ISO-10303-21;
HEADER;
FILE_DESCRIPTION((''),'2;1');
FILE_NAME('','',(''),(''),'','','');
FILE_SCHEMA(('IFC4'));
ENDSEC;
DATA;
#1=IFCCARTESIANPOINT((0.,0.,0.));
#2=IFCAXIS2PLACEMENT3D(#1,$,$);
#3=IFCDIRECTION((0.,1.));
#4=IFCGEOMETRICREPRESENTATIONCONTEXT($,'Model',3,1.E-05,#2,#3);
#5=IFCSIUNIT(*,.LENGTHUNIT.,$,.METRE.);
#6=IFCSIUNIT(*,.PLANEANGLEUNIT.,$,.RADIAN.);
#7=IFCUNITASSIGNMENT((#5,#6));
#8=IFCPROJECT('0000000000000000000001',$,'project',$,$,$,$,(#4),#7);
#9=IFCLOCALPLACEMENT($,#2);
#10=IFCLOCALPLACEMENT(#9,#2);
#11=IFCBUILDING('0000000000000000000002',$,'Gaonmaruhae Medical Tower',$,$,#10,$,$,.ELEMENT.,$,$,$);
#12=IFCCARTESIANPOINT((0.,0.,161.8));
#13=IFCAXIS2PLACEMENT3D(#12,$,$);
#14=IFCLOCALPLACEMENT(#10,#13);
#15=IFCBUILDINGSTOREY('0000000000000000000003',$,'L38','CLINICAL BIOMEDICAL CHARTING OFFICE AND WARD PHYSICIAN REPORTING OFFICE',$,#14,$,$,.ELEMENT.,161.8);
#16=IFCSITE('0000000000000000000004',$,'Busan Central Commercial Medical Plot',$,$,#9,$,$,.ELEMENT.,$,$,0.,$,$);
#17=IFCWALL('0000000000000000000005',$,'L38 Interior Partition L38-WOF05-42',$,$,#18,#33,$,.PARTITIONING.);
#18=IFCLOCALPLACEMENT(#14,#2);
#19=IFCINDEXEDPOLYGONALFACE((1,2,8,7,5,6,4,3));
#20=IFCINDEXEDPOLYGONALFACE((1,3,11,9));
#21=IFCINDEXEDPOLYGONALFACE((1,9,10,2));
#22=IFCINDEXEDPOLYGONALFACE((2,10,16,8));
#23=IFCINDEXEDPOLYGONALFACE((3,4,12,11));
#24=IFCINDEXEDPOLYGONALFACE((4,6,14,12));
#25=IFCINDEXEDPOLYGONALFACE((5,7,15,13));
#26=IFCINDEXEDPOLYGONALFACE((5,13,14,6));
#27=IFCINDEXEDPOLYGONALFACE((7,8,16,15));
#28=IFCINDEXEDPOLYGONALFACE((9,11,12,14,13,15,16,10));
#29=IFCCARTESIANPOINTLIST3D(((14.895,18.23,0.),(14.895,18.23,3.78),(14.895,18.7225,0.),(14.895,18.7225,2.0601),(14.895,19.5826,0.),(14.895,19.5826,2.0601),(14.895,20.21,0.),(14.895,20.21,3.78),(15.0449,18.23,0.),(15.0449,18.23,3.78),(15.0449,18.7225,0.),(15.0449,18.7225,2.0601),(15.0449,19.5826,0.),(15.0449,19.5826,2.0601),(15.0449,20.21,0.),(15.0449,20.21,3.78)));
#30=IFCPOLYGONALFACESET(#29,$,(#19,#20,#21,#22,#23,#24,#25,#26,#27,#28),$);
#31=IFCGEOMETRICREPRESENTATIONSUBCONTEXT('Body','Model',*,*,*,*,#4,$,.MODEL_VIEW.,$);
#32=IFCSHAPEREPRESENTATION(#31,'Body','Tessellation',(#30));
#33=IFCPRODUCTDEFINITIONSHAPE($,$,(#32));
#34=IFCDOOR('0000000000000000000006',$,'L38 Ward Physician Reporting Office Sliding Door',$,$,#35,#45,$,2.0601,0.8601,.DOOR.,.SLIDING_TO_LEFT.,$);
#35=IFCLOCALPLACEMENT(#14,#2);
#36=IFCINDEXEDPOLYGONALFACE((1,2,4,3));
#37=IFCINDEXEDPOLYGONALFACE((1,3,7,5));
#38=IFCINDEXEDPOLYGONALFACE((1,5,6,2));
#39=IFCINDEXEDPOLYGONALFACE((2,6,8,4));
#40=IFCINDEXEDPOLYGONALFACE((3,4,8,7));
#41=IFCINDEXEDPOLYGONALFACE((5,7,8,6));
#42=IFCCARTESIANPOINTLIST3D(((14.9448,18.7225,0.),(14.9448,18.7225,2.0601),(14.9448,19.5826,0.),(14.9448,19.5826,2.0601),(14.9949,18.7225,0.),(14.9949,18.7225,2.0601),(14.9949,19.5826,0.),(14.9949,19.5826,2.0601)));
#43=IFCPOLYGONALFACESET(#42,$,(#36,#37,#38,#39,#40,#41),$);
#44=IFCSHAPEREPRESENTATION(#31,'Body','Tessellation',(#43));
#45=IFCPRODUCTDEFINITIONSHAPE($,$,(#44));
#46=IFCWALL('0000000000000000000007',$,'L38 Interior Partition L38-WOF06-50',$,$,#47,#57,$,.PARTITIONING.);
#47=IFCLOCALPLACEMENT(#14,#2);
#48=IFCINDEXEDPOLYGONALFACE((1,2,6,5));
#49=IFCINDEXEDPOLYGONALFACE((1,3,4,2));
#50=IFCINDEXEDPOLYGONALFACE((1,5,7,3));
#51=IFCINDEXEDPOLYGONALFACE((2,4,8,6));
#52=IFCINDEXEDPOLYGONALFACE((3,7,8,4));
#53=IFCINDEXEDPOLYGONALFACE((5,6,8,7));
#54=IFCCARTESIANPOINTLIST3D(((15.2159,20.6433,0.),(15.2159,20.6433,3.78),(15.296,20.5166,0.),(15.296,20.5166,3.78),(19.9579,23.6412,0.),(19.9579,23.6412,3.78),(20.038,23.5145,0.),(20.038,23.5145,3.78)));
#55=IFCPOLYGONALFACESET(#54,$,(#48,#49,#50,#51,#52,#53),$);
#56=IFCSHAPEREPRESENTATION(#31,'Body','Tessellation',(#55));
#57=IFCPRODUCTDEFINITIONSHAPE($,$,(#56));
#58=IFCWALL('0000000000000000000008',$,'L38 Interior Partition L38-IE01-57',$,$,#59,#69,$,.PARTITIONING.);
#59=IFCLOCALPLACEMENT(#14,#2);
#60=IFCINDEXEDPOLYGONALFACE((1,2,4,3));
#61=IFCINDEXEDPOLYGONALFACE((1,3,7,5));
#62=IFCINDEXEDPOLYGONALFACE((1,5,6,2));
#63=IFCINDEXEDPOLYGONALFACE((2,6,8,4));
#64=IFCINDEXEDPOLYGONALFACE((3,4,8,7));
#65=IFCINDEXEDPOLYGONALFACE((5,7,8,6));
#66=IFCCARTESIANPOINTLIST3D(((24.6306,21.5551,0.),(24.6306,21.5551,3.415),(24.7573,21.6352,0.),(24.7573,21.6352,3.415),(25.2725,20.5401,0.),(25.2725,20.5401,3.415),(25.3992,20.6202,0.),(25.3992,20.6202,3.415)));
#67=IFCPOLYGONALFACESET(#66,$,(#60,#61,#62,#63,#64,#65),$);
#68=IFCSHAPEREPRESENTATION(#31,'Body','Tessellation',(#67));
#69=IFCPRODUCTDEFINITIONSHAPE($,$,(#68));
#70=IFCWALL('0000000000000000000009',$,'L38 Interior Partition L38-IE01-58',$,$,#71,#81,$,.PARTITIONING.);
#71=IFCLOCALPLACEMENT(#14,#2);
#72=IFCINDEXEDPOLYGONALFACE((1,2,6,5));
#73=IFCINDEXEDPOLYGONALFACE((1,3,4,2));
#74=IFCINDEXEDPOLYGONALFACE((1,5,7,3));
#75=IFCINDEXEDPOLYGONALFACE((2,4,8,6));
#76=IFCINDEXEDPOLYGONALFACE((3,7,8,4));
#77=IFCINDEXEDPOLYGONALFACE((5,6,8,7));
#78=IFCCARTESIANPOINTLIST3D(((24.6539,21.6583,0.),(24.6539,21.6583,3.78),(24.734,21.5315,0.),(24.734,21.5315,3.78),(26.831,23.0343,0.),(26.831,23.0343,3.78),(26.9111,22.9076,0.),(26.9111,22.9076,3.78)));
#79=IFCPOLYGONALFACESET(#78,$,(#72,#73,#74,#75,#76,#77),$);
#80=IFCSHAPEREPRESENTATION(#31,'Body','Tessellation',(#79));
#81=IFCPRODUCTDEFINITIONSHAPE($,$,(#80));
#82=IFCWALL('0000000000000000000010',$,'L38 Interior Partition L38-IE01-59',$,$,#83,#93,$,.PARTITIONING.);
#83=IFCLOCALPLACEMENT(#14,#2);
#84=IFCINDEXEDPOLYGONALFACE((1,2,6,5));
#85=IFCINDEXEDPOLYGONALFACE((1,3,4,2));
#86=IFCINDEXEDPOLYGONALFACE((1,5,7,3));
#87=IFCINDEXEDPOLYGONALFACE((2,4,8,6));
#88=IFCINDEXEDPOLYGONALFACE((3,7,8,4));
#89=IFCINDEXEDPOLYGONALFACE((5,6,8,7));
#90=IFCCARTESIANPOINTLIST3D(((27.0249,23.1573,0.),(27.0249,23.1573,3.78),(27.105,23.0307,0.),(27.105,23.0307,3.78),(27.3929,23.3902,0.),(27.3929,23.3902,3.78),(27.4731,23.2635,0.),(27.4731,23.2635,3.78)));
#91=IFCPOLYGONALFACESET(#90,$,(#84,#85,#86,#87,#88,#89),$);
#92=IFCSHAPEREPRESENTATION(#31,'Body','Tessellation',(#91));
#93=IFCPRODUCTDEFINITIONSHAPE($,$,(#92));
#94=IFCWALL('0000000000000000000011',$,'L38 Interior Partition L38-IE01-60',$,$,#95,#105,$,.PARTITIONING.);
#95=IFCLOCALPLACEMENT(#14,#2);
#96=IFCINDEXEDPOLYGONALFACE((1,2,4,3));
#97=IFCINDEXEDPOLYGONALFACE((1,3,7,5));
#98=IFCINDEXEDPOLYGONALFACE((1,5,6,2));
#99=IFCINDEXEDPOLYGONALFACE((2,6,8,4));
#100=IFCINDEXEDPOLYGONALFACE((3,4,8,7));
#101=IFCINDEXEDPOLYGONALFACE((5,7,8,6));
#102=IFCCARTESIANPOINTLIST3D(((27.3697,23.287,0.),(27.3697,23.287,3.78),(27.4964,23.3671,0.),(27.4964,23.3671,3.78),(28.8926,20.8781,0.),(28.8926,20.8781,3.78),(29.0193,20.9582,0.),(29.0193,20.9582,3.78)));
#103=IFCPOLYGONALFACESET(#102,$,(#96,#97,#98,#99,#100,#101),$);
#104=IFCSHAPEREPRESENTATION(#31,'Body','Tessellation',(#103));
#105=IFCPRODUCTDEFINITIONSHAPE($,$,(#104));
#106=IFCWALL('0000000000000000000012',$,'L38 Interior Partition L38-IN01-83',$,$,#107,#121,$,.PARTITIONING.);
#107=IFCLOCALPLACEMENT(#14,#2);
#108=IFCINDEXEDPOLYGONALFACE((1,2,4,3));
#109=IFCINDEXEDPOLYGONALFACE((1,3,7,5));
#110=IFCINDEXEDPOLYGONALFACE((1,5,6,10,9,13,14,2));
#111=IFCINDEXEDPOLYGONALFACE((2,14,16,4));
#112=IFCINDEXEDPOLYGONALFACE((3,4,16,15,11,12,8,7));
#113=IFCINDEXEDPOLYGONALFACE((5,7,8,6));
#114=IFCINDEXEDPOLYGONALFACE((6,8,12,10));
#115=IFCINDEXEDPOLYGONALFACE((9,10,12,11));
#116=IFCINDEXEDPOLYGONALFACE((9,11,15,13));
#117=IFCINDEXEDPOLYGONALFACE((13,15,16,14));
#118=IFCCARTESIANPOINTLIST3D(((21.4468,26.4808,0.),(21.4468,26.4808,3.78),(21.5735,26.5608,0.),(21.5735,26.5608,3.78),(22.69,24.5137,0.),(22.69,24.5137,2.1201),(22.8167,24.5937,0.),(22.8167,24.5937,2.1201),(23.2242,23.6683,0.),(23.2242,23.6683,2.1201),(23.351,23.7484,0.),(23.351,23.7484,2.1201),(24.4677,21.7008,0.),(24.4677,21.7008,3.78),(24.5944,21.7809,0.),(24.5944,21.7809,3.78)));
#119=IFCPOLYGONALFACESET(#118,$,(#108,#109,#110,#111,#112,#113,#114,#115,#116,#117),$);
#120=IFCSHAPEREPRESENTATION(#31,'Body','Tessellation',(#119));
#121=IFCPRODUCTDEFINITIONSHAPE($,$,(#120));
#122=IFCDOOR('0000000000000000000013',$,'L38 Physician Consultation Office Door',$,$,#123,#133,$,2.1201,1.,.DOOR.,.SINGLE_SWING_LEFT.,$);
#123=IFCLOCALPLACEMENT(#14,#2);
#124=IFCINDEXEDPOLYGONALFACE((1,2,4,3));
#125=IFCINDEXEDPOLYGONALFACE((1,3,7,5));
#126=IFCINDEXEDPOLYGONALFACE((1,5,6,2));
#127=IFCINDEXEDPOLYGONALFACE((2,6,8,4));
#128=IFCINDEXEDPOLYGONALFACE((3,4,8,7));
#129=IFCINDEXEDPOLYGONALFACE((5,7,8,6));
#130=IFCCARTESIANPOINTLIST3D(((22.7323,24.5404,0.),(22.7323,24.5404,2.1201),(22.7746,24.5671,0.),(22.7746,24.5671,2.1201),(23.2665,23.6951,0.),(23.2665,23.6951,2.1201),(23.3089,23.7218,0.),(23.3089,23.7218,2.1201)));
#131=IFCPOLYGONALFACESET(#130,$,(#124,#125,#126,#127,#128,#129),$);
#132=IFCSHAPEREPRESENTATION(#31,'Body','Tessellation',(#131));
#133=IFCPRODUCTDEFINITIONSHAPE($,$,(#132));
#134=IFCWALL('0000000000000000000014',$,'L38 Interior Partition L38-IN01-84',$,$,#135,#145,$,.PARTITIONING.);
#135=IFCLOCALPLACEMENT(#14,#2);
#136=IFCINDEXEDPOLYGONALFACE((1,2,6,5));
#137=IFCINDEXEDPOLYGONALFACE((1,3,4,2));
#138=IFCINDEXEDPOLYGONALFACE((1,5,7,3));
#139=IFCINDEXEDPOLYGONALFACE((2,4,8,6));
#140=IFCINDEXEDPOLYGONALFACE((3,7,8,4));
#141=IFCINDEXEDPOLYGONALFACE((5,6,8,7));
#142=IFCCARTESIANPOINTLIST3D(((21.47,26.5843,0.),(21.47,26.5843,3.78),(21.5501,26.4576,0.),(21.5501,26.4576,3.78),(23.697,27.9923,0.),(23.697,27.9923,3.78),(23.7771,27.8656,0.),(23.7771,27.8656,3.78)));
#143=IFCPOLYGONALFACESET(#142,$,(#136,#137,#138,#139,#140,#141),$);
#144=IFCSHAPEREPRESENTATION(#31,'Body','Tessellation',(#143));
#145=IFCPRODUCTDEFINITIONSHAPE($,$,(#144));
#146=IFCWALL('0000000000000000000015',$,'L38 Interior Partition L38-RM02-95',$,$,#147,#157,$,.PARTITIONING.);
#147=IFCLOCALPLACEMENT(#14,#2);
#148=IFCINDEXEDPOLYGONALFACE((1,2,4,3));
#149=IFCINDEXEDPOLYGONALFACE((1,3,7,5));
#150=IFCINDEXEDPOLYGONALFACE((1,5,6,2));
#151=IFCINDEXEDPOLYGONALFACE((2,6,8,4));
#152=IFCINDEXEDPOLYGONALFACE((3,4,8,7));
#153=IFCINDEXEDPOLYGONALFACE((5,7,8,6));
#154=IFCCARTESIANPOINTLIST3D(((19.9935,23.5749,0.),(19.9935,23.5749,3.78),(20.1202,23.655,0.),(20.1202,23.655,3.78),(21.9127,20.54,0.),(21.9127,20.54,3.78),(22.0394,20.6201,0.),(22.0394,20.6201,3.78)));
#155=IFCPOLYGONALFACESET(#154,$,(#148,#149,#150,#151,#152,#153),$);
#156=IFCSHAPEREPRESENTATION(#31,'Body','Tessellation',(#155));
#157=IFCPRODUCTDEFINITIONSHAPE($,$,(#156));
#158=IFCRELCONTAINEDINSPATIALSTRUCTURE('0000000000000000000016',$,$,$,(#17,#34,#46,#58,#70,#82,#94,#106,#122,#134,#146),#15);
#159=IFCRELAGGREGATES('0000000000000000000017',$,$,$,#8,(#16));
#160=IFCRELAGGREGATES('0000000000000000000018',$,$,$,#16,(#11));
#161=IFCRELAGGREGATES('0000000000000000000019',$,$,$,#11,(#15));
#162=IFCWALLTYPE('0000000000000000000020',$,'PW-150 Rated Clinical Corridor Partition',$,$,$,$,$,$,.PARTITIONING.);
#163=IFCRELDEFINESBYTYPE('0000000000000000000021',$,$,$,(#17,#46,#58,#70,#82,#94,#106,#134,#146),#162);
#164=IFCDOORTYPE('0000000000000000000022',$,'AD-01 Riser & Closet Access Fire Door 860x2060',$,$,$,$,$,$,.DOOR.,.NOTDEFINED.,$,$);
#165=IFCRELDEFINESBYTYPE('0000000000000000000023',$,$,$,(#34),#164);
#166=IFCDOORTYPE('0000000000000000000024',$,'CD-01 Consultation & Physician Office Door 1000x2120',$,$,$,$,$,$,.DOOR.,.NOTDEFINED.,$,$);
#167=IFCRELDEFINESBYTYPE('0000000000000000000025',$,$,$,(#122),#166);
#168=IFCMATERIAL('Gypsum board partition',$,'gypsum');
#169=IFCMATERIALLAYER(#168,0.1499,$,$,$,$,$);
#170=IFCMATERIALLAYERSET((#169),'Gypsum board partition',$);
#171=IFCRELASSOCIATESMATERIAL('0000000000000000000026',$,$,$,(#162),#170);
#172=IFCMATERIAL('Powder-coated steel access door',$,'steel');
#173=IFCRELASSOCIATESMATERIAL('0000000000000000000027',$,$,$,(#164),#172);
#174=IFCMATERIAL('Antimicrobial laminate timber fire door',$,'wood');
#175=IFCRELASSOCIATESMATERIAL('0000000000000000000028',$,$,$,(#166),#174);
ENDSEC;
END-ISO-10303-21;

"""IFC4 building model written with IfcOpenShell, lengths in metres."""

from ifc_helpers import new_model, si_unit, direction, frame, frame_2d, origin, place, context, subcontext, project, spatial, rectangle, extrude, material, layer, layer_set, type_object, element, fill, save


model = new_model("IFC4")

# Units and contexts
model_context = context("Model", 3, precision=1e-05, world=origin(), true_north=direction((0.0, 1.0)))
body_context = subcontext(model_context, "Body", "Model", "MODEL_VIEW")
ifc_project = project(units=[si_unit("LENGTHUNIT", "METRE"), si_unit("PLANEANGLEUNIT", "RADIAN")], contexts=[model_context])

# Site, building, storey
site_placement = place(None, origin())
site = spatial("IfcSite", under=ifc_project, at=site_placement, Name="Busan Central Commercial Medical Plot", CompositionType="ELEMENT", RefElevation=0.0)
building_placement = place(site_placement, origin())
building = spatial("IfcBuilding", under=site, at=building_placement, Name="Gaonmaruhae Medical Tower", CompositionType="ELEMENT")
storey_placement = place(building_placement, frame((0.0, 0.0, 161.8)))
storey = spatial("IfcBuildingStorey", under=building, at=storey_placement, Name="L38", Description="CLINICAL BIOMEDICAL CHARTING OFFICE AND WARD PHYSICIAN REPORTING OFFICE", CompositionType="ELEMENT", Elevation=161.8)

# Wall, opening, door
ifc_material_1 = material(Name="Gypsum board partition", Category="gypsum")
ifc_layer_1 = layer(ifc_material_1, 0.1499)
ifc_layer_set_1 = layer_set([ifc_layer_1], Name="Gypsum board partition")
wall_type = type_object("IfcWallType", Name="PW-150 Rated Clinical Corridor Partition", PredefinedType="PARTITIONING", material=ifc_layer_set_1)
wall_1_placement = place(storey_placement, frame((14.97, 20.21, 0.0), z_axis=(0.0, 0.0, 1.0), x_axis=(0.0, -1.0, 0.0)))
wall_1 = element("IfcWall", 1, at=wall_1_placement, inside=storey, type_object=wall_type, Name="L38 Interior Partition L38-WOF05-42", PredefinedType="PARTITIONING", context=body_context, shape_type="SweptSolid", body=[
    extrude(rectangle(XDim=1.98, YDim=0.1499, at=frame_2d((0.99, 0.0))), origin(), (0.0, 0.0, 1.0), 3.78),
])
opening_1_placement = place(wall_1_placement, frame((0.6272, 0.0, 0.0)))
opening_1 = element("IfcOpeningElement", 2, at=opening_1_placement, cuts=wall_1, PredefinedType="OPENING", context=body_context, shape_type="SweptSolid", body=[
    extrude(rectangle(XDim=0.8601, YDim=2.0601, at=frame_2d((0.4302, 1.03))), frame((0.0, 0.085, 0.0), z_axis=(0.0, -1.0, 0.0), x_axis=(1.0, 0.0, 0.0)), (0.0, 0.0, 1.0), 0.1699),
])
ifc_material_2 = material(Name="Powder-coated steel access door", Category="steel")
door_type_1 = type_object("IfcDoorType", Name="AD-01 Riser & Closet Access Fire Door 860x2060", OperationType="NOTDEFINED", PredefinedType="DOOR", material=ifc_material_2)
door_1_placement = place(opening_1_placement, origin())
door_1 = element("IfcDoor", 3, at=door_1_placement, inside=storey, type_object=door_type_1, Name="L38 Ward Physician Reporting Office Sliding Door", OperationType="SLIDING_TO_LEFT", OverallHeight=2.0601, OverallWidth=0.8601, PredefinedType="DOOR", context=body_context, shape_type="SweptSolid", body=[
    extrude(rectangle(XDim=0.8601, YDim=2.0601, at=frame_2d((0.4302, 1.03))), frame((0.0, 0.0249, 0.0), z_axis=(0.0, -1.0, 0.0), x_axis=(1.0, 0.0, 0.0)), (0.0, 0.0, 1.0), 0.05),
])
fill(opening_1, door_1)

# Walls
wall_2_placement = place(storey_placement, frame((19.998, 23.5779, 0.0), z_axis=(0.0, 0.0, 1.0), x_axis=(-0.845256, -0.534361, 0.0)))
element("IfcWall", 4, at=wall_2_placement, inside=storey, type_object=wall_type, Name="L38 Interior Partition L38-WOF06-50", PredefinedType="PARTITIONING", context=body_context, shape_type="SweptSolid", body=[
    extrude(rectangle(XDim=5.6101, YDim=0.1499, at=frame_2d((2.8052, 0.0))), origin(), (0.0, 0.0, 1.0), 3.78),
])
wall_3_placement = place(storey_placement, frame((25.3359, 20.5801, 0.0), z_axis=(0.0, 0.0, 1.0), x_axis=(-0.534505, 0.845165, 0.0)))
element("IfcWall", 5, at=wall_3_placement, inside=storey, type_object=wall_type, Name="L38 Interior Partition L38-IE01-57", PredefinedType="PARTITIONING", context=body_context, shape_type="SweptSolid", body=[
    extrude(rectangle(XDim=1.2009, YDim=0.1499, at=frame_2d((0.6006, 0.0))), origin(), (0.0, 0.0, 1.0), 3.415),
])
wall_4_placement = place(storey_placement, frame((24.6941, 21.595, 0.0), z_axis=(0.0, 0.0, 1.0), x_axis=(0.845309, 0.534278, 0.0)))
element("IfcWall", 6, at=wall_4_placement, inside=storey, type_object=wall_type, Name="L38 Interior Partition L38-IE01-58", PredefinedType="PARTITIONING", context=body_context, shape_type="SweptSolid", body=[
    extrude(rectangle(XDim=2.5754, YDim=0.1499, at=frame_2d((1.2876, 0.0))), origin(), (0.0, 0.0, 1.0), 3.78),
])
wall_5_placement = place(storey_placement, frame((27.0649, 23.094, 0.0), z_axis=(0.0, 0.0, 1.0), x_axis=(0.845089, 0.534625, 0.0)))
element("IfcWall", 7, at=wall_5_placement, inside=storey, type_object=wall_type, Name="L38 Interior Partition L38-IE01-59", PredefinedType="PARTITIONING", context=body_context, shape_type="SweptSolid", body=[
    extrude(rectangle(XDim=0.4355, YDim=0.1499, at=frame_2d((0.2178, 0.0))), origin(), (0.0, 0.0, 1.0), 3.78),
])
wall_6_placement = place(storey_placement, frame((27.4331, 23.3269, 0.0), z_axis=(0.0, 0.0, 1.0), x_axis=(0.534373, -0.845249, 0.0)))
element("IfcWall", 8, at=wall_6_placement, inside=storey, type_object=wall_type, Name="L38 Interior Partition L38-IE01-60", PredefinedType="PARTITIONING", context=body_context, shape_type="SweptSolid", body=[
    extrude(rectangle(XDim=2.8499, YDim=0.1499, at=frame_2d((1.4248, 0.0))), origin(), (0.0, 0.0, 1.0), 3.78),
])

# Wall, opening, door
wall_7_placement = place(storey_placement, frame((24.531, 21.741, 0.0), z_axis=(0.0, 0.0, 1.0), x_axis=(-0.53425, 0.845327, 0.0)))
wall_7 = element("IfcWall", 9, at=wall_7_placement, inside=storey, type_object=wall_type, Name="L38 Interior Partition L38-IN01-83", PredefinedType="PARTITIONING", context=body_context, shape_type="SweptSolid", body=[
    extrude(rectangle(XDim=5.6545, YDim=0.1499, at=frame_2d((2.8271, 0.0))), origin(), (0.0, 0.0, 1.0), 3.78),
])
opening_2_placement = place(wall_7_placement, frame((2.3274, 0.0, 0.0)))
opening_2 = element("IfcOpeningElement", 10, at=opening_2_placement, cuts=wall_7, PredefinedType="OPENING", context=body_context, shape_type="SweptSolid", body=[
    extrude(rectangle(XDim=1.0, YDim=2.1201, at=frame_2d((0.5, 1.0601))), frame((0.0, 0.085, 0.0), z_axis=(0.0, -1.0, 0.0), x_axis=(1.0, 0.0, 0.0)), (0.0, 0.0, 1.0), 0.1699),
])
ifc_material_3 = material(Name="Antimicrobial laminate timber fire door", Category="wood")
door_type_2 = type_object("IfcDoorType", Name="CD-01 Consultation & Physician Office Door 1000x2120", OperationType="NOTDEFINED", PredefinedType="DOOR", material=ifc_material_3)
door_2_placement = place(opening_2_placement, origin())
door_2 = element("IfcDoor", 11, at=door_2_placement, inside=storey, type_object=door_type_2, Name="L38 Physician Consultation Office Door", OperationType="SINGLE_SWING_LEFT", OverallHeight=2.1201, OverallWidth=1.0, PredefinedType="DOOR", context=body_context, shape_type="SweptSolid", body=[
    extrude(rectangle(XDim=1.0, YDim=2.1201, at=frame_2d((0.5, 1.0601))), frame((0.0, 0.0249, 0.0), z_axis=(0.0, -1.0, 0.0), x_axis=(1.0, 0.0, 0.0)), (0.0, 0.0, 1.0), 0.05),
])
fill(opening_2, door_2)

# Walls
wall_8_placement = place(storey_placement, frame((21.51, 26.521, 0.0), z_axis=(0.0, 0.0, 1.0), x_axis=(0.845249, 0.534373, 0.0)))
element("IfcWall", 12, at=wall_8_placement, inside=storey, type_object=wall_type, Name="L38 Interior Partition L38-IN01-84", PredefinedType="PARTITIONING", context=body_context, shape_type="SweptSolid", body=[
    extrude(rectangle(XDim=2.6348, YDim=0.1499, at=frame_2d((1.3174, 0.0))), origin(), (0.0, 0.0, 1.0), 3.78),
])
wall_9_placement = place(storey_placement, frame((20.0569, 23.615, 0.0), z_axis=(0.0, 0.0, 1.0), x_axis=(0.534471, -0.845187, 0.0)))
element("IfcWall", 13, at=wall_9_placement, inside=storey, type_object=wall_type, Name="L38 Interior Partition L38-RM02-95", PredefinedType="PARTITIONING", context=body_context, shape_type="SweptSolid", body=[
    extrude(rectangle(XDim=3.5908, YDim=0.1499, at=frame_2d((1.7954, 0.0))), origin(), (0.0, 0.0, 1.0), 3.78),
])

save(model, "model.ifc")
